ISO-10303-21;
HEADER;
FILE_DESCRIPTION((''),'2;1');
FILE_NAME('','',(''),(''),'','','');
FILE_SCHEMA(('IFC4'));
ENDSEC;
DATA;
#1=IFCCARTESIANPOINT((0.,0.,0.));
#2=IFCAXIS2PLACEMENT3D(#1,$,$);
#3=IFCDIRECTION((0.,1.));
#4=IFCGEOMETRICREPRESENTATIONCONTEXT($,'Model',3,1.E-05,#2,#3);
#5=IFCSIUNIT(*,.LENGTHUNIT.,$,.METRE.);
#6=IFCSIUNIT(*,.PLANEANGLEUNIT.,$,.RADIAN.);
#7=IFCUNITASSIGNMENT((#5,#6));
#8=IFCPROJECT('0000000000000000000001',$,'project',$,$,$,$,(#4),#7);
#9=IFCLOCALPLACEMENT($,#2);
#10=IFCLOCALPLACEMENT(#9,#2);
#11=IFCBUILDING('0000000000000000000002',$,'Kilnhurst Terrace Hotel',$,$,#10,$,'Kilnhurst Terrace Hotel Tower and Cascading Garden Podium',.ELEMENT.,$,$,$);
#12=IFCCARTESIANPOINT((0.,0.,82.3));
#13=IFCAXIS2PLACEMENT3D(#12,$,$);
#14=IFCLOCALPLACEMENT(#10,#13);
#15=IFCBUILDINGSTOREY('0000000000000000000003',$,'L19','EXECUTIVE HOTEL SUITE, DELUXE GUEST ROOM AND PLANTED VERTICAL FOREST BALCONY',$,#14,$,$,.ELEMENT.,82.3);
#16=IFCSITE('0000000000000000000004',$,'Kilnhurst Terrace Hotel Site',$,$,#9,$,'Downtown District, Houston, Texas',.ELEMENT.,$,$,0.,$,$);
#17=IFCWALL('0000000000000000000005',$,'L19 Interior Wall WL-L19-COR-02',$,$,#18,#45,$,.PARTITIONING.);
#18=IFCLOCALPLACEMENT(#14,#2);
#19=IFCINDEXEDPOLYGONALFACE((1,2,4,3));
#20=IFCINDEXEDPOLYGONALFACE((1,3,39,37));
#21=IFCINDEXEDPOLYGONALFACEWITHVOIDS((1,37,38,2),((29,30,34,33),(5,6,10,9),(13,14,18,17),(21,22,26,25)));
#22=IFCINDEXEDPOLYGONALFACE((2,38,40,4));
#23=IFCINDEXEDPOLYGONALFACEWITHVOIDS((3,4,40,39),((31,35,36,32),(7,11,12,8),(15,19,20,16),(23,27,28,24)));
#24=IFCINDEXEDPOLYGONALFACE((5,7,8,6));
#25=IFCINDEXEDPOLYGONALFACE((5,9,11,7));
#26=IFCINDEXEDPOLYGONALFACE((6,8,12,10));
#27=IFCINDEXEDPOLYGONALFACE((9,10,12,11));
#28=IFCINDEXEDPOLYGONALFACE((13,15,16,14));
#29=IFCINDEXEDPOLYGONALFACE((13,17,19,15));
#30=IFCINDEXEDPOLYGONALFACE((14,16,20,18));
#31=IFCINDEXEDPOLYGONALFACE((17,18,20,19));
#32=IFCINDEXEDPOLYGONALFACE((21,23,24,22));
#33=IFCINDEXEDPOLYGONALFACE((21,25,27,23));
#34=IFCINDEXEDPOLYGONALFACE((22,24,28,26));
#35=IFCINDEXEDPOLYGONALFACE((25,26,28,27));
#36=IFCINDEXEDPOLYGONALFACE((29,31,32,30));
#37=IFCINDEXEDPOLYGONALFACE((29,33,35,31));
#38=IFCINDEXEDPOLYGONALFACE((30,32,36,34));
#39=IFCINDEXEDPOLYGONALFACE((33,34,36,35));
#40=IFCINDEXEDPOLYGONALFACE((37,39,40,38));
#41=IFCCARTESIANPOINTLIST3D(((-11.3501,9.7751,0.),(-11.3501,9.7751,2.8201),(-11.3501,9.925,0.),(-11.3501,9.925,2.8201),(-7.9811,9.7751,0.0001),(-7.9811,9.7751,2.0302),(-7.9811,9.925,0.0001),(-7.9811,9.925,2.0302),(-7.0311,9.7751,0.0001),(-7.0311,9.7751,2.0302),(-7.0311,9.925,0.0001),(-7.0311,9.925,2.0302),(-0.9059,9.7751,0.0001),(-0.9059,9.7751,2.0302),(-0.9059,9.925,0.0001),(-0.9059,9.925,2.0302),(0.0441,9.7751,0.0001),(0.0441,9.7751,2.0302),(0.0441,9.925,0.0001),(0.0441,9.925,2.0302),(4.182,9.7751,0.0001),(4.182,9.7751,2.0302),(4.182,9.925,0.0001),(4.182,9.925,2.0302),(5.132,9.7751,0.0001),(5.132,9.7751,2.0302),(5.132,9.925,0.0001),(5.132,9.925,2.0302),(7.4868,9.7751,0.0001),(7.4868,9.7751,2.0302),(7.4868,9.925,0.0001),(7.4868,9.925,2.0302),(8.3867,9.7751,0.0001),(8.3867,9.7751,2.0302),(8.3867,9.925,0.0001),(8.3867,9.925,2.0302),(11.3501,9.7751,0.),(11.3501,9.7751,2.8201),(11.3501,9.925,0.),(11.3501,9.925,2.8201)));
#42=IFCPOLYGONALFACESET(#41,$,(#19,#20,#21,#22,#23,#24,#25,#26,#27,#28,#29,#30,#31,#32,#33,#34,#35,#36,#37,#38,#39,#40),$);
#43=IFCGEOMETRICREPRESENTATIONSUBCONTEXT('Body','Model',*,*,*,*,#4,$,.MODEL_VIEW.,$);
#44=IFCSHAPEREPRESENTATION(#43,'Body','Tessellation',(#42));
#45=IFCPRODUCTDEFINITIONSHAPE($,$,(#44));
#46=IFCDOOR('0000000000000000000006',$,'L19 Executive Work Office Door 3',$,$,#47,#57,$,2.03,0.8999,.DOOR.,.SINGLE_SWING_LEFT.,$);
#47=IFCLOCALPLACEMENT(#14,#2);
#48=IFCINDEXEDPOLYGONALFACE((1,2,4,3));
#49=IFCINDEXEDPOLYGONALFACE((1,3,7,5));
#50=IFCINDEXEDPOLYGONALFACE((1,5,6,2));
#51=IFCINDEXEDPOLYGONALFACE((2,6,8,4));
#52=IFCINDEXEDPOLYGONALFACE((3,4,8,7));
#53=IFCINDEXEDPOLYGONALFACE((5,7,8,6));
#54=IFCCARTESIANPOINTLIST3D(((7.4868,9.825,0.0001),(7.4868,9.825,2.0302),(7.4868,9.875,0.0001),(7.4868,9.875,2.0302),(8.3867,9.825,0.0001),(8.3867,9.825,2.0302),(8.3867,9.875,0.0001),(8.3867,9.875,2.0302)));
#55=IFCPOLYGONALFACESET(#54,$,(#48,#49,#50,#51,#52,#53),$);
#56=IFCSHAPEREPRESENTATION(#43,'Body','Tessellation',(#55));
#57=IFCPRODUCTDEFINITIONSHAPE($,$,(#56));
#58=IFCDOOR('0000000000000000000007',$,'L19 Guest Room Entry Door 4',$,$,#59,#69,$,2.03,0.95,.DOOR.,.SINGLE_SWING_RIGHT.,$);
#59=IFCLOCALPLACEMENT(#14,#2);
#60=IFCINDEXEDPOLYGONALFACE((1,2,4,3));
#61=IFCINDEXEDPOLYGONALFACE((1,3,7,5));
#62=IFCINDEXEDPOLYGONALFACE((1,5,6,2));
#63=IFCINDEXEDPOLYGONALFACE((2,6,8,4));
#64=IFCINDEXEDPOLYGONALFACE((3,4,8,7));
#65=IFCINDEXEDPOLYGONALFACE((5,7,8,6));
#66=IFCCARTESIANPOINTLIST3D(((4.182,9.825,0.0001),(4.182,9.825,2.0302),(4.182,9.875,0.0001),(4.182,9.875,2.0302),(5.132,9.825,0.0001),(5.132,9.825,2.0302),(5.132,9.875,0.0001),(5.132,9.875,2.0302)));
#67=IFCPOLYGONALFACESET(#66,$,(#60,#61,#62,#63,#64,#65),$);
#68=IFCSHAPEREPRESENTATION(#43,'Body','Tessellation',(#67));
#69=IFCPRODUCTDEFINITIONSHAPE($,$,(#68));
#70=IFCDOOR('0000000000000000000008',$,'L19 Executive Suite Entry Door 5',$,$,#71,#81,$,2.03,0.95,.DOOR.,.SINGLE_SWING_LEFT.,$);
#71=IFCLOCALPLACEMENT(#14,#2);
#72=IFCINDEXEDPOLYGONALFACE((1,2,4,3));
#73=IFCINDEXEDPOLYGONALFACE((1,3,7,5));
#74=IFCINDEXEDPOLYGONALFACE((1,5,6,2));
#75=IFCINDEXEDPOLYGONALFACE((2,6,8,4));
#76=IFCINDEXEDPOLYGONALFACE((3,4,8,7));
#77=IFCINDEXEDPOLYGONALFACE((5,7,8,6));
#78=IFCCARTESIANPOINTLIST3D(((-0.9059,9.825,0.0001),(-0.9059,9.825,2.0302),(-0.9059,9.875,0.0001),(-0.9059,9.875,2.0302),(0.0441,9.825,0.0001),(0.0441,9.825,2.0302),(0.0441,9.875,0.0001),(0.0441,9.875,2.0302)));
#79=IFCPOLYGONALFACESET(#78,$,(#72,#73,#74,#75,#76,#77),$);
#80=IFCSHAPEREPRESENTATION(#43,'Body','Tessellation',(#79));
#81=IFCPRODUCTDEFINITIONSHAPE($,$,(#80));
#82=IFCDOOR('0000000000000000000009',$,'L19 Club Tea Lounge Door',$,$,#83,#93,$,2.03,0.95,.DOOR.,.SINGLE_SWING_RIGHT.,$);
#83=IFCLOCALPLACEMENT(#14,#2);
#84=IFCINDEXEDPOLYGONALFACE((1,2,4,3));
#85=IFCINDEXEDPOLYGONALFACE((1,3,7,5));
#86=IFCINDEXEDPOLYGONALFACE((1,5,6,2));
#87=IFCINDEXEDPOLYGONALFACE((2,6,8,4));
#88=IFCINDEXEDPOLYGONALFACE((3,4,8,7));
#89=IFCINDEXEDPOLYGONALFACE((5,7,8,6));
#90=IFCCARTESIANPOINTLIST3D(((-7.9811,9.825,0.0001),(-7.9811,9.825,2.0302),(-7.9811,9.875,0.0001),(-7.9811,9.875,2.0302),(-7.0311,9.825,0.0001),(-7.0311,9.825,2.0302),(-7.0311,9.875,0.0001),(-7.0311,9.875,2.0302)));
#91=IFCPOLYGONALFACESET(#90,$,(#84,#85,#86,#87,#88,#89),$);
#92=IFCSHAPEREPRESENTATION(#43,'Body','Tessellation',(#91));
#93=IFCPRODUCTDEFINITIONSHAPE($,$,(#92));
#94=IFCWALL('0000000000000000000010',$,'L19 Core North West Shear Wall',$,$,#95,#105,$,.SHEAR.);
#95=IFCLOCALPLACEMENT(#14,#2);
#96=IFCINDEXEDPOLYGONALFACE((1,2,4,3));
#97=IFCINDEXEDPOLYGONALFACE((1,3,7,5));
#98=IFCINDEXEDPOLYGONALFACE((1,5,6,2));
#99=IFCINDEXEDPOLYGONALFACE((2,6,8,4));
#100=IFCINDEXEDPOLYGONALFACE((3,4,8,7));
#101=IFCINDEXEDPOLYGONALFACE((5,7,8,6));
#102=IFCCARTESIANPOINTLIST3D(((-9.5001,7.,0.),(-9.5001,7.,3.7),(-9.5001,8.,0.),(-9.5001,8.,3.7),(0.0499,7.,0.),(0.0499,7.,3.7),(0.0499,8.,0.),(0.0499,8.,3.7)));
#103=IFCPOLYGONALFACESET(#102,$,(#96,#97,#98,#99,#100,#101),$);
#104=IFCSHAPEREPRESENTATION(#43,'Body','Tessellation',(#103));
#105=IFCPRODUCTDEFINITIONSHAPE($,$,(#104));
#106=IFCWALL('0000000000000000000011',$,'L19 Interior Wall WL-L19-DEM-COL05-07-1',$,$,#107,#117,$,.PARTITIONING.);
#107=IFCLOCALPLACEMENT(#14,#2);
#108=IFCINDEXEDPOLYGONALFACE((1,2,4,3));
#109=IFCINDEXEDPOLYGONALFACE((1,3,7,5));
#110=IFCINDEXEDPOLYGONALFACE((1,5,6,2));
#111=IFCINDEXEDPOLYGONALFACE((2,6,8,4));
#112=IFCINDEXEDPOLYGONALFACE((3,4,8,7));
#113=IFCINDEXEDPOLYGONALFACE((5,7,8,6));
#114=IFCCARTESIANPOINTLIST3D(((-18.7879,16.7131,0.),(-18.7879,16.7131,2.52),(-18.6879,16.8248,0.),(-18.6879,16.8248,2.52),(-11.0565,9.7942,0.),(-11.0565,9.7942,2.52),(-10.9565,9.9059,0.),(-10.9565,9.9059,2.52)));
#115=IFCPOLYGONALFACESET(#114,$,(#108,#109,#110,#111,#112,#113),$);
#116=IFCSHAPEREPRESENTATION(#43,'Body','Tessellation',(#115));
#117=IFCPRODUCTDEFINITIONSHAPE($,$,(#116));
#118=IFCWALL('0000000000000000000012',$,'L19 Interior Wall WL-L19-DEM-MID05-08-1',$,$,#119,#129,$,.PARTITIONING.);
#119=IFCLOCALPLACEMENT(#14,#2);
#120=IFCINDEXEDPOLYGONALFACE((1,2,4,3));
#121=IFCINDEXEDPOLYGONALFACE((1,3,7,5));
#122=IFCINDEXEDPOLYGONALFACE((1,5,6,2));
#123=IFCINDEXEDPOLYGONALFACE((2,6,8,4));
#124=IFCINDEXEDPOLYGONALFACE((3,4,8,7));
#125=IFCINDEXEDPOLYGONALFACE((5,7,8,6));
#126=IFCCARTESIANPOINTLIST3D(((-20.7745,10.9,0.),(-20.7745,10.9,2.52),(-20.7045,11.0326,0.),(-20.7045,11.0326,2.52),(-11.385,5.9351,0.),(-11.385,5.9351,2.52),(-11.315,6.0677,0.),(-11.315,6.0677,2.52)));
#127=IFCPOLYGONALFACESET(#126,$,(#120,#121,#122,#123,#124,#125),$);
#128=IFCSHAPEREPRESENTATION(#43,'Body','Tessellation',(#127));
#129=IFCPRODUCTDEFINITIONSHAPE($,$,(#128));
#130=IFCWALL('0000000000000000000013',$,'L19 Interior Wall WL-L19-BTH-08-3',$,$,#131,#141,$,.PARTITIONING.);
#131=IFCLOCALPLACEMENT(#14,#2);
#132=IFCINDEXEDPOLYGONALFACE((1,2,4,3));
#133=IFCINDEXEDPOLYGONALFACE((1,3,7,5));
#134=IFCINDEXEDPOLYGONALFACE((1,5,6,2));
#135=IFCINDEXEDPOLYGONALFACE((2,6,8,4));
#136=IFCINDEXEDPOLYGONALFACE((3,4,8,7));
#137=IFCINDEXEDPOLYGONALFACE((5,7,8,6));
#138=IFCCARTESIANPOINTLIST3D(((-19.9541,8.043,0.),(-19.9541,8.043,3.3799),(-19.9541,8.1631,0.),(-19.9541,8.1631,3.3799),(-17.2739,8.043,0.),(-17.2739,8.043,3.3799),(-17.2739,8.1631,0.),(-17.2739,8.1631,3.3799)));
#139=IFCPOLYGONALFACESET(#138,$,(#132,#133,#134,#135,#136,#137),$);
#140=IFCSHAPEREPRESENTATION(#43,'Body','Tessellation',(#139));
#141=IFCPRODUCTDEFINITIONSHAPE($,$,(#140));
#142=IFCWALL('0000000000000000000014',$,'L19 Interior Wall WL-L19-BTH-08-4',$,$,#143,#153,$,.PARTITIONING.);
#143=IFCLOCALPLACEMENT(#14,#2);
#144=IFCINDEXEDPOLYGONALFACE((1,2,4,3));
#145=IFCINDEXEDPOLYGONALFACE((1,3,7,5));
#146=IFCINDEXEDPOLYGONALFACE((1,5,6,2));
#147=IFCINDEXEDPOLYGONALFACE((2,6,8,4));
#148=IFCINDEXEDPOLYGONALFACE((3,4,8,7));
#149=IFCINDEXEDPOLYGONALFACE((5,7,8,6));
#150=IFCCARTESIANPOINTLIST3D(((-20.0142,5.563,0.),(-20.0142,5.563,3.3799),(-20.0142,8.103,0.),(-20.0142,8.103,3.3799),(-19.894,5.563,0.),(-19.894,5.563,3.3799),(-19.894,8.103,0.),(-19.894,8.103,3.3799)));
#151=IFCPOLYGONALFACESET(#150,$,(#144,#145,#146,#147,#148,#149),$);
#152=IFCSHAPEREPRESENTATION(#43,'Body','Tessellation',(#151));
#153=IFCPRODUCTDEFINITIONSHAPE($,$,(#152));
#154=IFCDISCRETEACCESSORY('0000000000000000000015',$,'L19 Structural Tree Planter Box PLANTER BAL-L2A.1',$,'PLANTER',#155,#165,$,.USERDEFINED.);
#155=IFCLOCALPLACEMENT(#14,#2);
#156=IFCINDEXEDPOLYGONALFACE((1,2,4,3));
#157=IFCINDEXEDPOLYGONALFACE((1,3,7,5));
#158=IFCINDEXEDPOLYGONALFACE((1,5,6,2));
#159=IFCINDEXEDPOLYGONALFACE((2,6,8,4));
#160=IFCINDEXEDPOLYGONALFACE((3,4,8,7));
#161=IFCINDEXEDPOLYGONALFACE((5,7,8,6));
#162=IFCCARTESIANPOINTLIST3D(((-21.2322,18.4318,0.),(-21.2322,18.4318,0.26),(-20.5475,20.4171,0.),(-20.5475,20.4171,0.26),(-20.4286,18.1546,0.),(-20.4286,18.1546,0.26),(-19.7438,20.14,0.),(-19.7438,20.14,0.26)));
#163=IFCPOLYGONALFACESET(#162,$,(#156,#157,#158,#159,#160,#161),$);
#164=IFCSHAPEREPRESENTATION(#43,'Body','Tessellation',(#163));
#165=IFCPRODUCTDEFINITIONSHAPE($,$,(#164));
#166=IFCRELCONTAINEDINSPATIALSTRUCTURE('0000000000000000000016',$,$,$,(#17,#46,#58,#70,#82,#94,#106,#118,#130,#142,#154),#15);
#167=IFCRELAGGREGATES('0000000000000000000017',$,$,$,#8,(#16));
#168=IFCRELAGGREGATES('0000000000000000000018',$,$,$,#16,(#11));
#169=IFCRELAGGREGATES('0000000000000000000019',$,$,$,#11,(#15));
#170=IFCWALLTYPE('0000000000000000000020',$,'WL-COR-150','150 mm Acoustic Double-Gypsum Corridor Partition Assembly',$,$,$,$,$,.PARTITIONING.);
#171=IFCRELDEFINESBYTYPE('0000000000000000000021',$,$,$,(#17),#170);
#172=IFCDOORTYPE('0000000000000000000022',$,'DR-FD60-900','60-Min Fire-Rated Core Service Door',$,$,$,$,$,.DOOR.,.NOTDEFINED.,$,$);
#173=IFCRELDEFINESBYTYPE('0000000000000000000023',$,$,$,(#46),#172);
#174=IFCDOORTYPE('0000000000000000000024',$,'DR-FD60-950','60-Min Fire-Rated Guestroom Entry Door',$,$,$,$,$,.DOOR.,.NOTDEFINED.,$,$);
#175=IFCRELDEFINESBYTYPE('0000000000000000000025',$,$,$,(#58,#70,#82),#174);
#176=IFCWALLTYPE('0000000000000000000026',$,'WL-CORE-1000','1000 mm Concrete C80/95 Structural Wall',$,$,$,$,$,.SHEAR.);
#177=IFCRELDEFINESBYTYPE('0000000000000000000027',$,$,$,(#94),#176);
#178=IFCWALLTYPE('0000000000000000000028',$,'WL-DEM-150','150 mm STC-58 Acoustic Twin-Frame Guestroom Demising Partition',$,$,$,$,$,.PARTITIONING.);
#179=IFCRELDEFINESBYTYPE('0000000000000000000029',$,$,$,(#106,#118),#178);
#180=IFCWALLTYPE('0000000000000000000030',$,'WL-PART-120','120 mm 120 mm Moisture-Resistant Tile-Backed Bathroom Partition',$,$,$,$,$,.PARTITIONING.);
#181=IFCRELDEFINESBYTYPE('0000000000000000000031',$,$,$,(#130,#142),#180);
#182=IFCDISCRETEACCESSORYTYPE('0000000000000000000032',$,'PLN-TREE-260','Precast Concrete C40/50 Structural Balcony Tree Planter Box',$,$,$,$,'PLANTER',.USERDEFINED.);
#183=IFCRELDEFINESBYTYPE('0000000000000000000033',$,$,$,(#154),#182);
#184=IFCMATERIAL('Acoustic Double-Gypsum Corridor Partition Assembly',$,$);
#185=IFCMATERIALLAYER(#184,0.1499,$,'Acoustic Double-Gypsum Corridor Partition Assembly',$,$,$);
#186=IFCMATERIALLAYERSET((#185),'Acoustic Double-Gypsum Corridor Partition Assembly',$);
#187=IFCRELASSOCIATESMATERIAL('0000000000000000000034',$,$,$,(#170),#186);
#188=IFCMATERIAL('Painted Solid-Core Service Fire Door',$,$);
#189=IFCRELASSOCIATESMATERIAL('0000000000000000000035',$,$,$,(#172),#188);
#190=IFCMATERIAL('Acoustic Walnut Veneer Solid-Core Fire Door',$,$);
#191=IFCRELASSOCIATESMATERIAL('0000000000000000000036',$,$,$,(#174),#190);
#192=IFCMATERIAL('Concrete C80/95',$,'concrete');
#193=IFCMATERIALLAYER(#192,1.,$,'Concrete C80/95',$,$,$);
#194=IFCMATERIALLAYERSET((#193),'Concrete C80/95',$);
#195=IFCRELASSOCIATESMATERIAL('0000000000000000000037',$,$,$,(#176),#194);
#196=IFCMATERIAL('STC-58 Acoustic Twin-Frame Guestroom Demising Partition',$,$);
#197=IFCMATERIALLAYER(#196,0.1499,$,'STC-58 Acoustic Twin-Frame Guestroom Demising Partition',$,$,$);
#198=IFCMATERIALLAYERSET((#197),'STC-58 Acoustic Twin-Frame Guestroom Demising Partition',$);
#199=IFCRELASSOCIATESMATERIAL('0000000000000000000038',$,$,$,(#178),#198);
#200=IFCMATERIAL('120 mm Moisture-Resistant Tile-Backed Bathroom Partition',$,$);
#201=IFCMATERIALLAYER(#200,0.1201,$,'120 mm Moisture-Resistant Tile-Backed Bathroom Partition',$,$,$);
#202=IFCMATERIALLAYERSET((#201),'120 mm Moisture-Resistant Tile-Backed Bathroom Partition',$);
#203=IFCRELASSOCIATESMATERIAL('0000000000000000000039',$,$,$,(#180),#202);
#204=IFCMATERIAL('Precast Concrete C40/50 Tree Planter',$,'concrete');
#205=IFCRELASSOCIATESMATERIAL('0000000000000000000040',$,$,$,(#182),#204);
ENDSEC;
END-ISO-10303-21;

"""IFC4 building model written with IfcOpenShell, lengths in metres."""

from ifc_helpers import new_model, si_unit, direction, frame, frame_2d, origin, origin_2d, place, context, subcontext, project, spatial, rectangle, extrude, material, layer, layer_set, type_object, element, fill, save


model = new_model("IFC4")

# Units and contexts
model_context = context("Model", 3, precision=1e-05, world=origin(), true_north=direction((0.0, 1.0)))
body_context = subcontext(model_context, "Body", "Model", "MODEL_VIEW")
ifc_project = project(units=[si_unit("LENGTHUNIT", "METRE"), si_unit("PLANEANGLEUNIT", "RADIAN")], contexts=[model_context])

# Site, building, storey
site_placement = place(None, origin())
site = spatial("IfcSite", under=ifc_project, at=site_placement, Name="Kilnhurst Terrace Hotel Site", LongName="Downtown District, Houston, Texas", CompositionType="ELEMENT", RefElevation=0.0)
building_placement = place(site_placement, origin())
building = spatial("IfcBuilding", under=site, at=building_placement, Name="Kilnhurst Terrace Hotel", LongName="Kilnhurst Terrace Hotel Tower and Cascading Garden Podium", CompositionType="ELEMENT")
storey_placement = place(building_placement, frame((0.0, 0.0, 82.3)))
storey = spatial("IfcBuildingStorey", under=building, at=storey_placement, Name="L19", Description="EXECUTIVE HOTEL SUITE, DELUXE GUEST ROOM AND PLANTED VERTICAL FOREST BALCONY", CompositionType="ELEMENT", Elevation=82.3)

# Shared definitions
ifc_material_1 = material(Name="Concrete C80/95", Category="concrete")

# Wall, openings, doors
ifc_material_2 = material(Name="Acoustic Double-Gypsum Corridor Partition Assembly")
ifc_layer_1 = layer(ifc_material_2, 0.1499, Name="Acoustic Double-Gypsum Corridor Partition Assembly")
ifc_layer_set_1 = layer_set([ifc_layer_1], Name="Acoustic Double-Gypsum Corridor Partition Assembly")
wall_type_1 = type_object("IfcWallType", Name="WL-COR-150", Description="150 mm Acoustic Double-Gypsum Corridor Partition Assembly", PredefinedType="PARTITIONING", material=ifc_layer_set_1)
wall_1_placement = place(storey_placement, frame((-11.3501, 9.8501, 0.0), z_axis=(0.0, 0.0, 1.0), x_axis=(1.0, 0.0, 0.0)))
wall_1 = element("IfcWall", 1, at=wall_1_placement, inside=storey, type_object=wall_type_1, Name="L19 Interior Wall WL-L19-COR-02", PredefinedType="PARTITIONING", context=body_context, shape_type="SweptSolid", body=[
    extrude(rectangle(XDim=22.7002, YDim=0.1499, at=frame_2d((11.3501, 0.0))), origin(), (0.0, 0.0, 1.0), 2.8201),
])
opening_1_placement = place(wall_1_placement, frame((18.8369, 0.0, 0.0)))
opening_1 = element("IfcOpeningElement", 2, at=opening_1_placement, cuts=wall_1, PredefinedType="OPENING", context=body_context, shape_type="SweptSolid", body=[
    extrude(rectangle(XDim=0.8999, YDim=2.03, at=frame_2d((0.45, 1.0151))), frame((0.0, 0.085, 0.0), z_axis=(0.0, -1.0, 0.0), x_axis=(1.0, 0.0, 0.0)), (0.0, 0.0, 1.0), 0.1699),
])
opening_2_placement = place(wall_1_placement, frame((15.532, 0.0, 0.0)))
opening_2 = element("IfcOpeningElement", 3, at=opening_2_placement, cuts=wall_1, PredefinedType="OPENING", context=body_context, shape_type="SweptSolid", body=[
    extrude(rectangle(XDim=0.95, YDim=2.03, at=frame_2d((0.4751, 1.0151))), frame((0.0, 0.085, 0.0), z_axis=(0.0, -1.0, 0.0), x_axis=(1.0, 0.0, 0.0)), (0.0, 0.0, 1.0), 0.1699),
])
opening_3_placement = place(wall_1_placement, frame((10.4441, 0.0, 0.0)))
opening_3 = element("IfcOpeningElement", 4, at=opening_3_placement, cuts=wall_1, PredefinedType="OPENING", context=body_context, shape_type="SweptSolid", body=[
    extrude(rectangle(XDim=0.95, YDim=2.03, at=frame_2d((0.4751, 1.0151))), frame((0.0, 0.085, 0.0), z_axis=(0.0, -1.0, 0.0), x_axis=(1.0, 0.0, 0.0)), (0.0, 0.0, 1.0), 0.1699),
])
opening_4_placement = place(wall_1_placement, frame((3.3689, 0.0, 0.0)))
opening_4 = element("IfcOpeningElement", 5, at=opening_4_placement, cuts=wall_1, PredefinedType="OPENING", context=body_context, shape_type="SweptSolid", body=[
    extrude(rectangle(XDim=0.95, YDim=2.03, at=frame_2d((0.4751, 1.0151))), frame((0.0, 0.085, 0.0), z_axis=(0.0, -1.0, 0.0), x_axis=(1.0, 0.0, 0.0)), (0.0, 0.0, 1.0), 0.1699),
])
ifc_material_3 = material(Name="Painted Solid-Core Service Fire Door")
door_type_1 = type_object("IfcDoorType", Name="DR-FD60-900", Description="60-Min Fire-Rated Core Service Door", OperationType="NOTDEFINED", PredefinedType="DOOR", material=ifc_material_3)
door_1_placement = place(opening_1_placement, origin())
door_1 = element("IfcDoor", 6, at=door_1_placement, inside=storey, type_object=door_type_1, Name="L19 Executive Work Office Door 3", OperationType="SINGLE_SWING_LEFT", OverallHeight=2.03, OverallWidth=0.8999, PredefinedType="DOOR", context=body_context, shape_type="SweptSolid", body=[
    extrude(rectangle(XDim=0.8999, YDim=2.03, at=frame_2d((0.45, 1.0151))), frame((0.0, 0.0249, 0.0), z_axis=(0.0, -1.0, 0.0), x_axis=(1.0, 0.0, 0.0)), (0.0, 0.0, 1.0), 0.05),
])
fill(opening_1, door_1)
ifc_material_4 = material(Name="Acoustic Walnut Veneer Solid-Core Fire Door")
door_type_2 = type_object("IfcDoorType", Name="DR-FD60-950", Description="60-Min Fire-Rated Guestroom Entry Door", OperationType="NOTDEFINED", PredefinedType="DOOR", material=ifc_material_4)
door_2_placement = place(opening_2_placement, origin())
door_2 = element("IfcDoor", 7, at=door_2_placement, inside=storey, type_object=door_type_2, Name="L19 Guest Room Entry Door 4", OperationType="SINGLE_SWING_RIGHT", OverallHeight=2.03, OverallWidth=0.95, PredefinedType="DOOR", context=body_context, shape_type="SweptSolid", body=[
    extrude(rectangle(XDim=0.95, YDim=2.03, at=frame_2d((0.4751, 1.0151))), frame((0.0, 0.0249, 0.0), z_axis=(0.0, -1.0, 0.0), x_axis=(1.0, 0.0, 0.0)), (0.0, 0.0, 1.0), 0.05),
])
fill(opening_2, door_2)
door_3_placement = place(opening_3_placement, origin())
door_3 = element("IfcDoor", 8, at=door_3_placement, inside=storey, type_object=door_type_2, Name="L19 Executive Suite Entry Door 5", OperationType="SINGLE_SWING_LEFT", OverallHeight=2.03, OverallWidth=0.95, PredefinedType="DOOR", context=body_context, shape_type="SweptSolid", body=[
    extrude(rectangle(XDim=0.95, YDim=2.03, at=frame_2d((0.4751, 1.0151))), frame((0.0, 0.0249, 0.0), z_axis=(0.0, -1.0, 0.0), x_axis=(1.0, 0.0, 0.0)), (0.0, 0.0, 1.0), 0.05),
])
fill(opening_3, door_3)
door_4_placement = place(opening_4_placement, origin())
door_4 = element("IfcDoor", 9, at=door_4_placement, inside=storey, type_object=door_type_2, Name="L19 Club Tea Lounge Door", OperationType="SINGLE_SWING_RIGHT", OverallHeight=2.03, OverallWidth=0.95, PredefinedType="DOOR", context=body_context, shape_type="SweptSolid", body=[
    extrude(rectangle(XDim=0.95, YDim=2.03, at=frame_2d((0.4751, 1.0151))), frame((0.0, 0.0249, 0.0), z_axis=(0.0, -1.0, 0.0), x_axis=(1.0, 0.0, 0.0)), (0.0, 0.0, 1.0), 0.05),
])
fill(opening_4, door_4)

# Walls
ifc_layer_2 = layer(ifc_material_1, 1.0, Name="Concrete C80/95")
ifc_layer_set_2 = layer_set([ifc_layer_2], Name="Concrete C80/95")
wall_type_2 = type_object("IfcWallType", Name="WL-CORE-1000", Description="1000 mm Concrete C80/95 Structural Wall", PredefinedType="SHEAR", material=ifc_layer_set_2)
wall_2_placement = place(storey_placement, frame((-9.5, 7.5, 0.0), z_axis=(0.0, 0.0, 1.0), x_axis=(1.0, 0.0, 0.0)))
element("IfcWall", 10, at=wall_2_placement, inside=storey, type_object=wall_type_2, Name="L19 Core North West Shear Wall", PredefinedType="SHEAR", context=body_context, shape_type="SweptSolid", body=[
    extrude(rectangle(XDim=9.55, YDim=1.0, at=frame_2d((4.7749, 0.0))), origin(), (0.0, 0.0, 1.0), 3.7),
])
ifc_material_5 = material(Name="STC-58 Acoustic Twin-Frame Guestroom Demising Partition")
ifc_layer_3 = layer(ifc_material_5, 0.1499, Name="STC-58 Acoustic Twin-Frame Guestroom Demising Partition")
ifc_layer_set_3 = layer_set([ifc_layer_3], Name="STC-58 Acoustic Twin-Frame Guestroom Demising Partition")
wall_type_3 = type_object("IfcWallType", Name="WL-DEM-150", Description="150 mm STC-58 Acoustic Twin-Frame Guestroom Demising Partition", PredefinedType="PARTITIONING", material=ifc_layer_set_3)
wall_3_placement = place(storey_placement, frame((-11.0066, 9.8501, 0.0), z_axis=(0.0, 0.0, 1.0), x_axis=(-0.745177, 0.666866, 0.0)))
element("IfcWall", 11, at=wall_3_placement, inside=storey, type_object=wall_type_3, Name="L19 Interior Wall WL-L19-DEM-COL05-07-1", PredefinedType="PARTITIONING", context=body_context, shape_type="SweptSolid", body=[
    extrude(rectangle(XDim=10.3752, YDim=0.1499, at=frame_2d((5.1875, 0.0))), origin(), (0.0, 0.0, 1.0), 2.52),
])
wall_4_placement = place(storey_placement, frame((-11.3501, 6.0015, 0.0), z_axis=(0.0, 0.0, 1.0), x_axis=(-0.884022, 0.467445, 0.0)))
element("IfcWall", 12, at=wall_4_placement, inside=storey, type_object=wall_type_3, Name="L19 Interior Wall WL-L19-DEM-MID05-08-1", PredefinedType="PARTITIONING", context=body_context, shape_type="SweptSolid", body=[
    extrude(rectangle(XDim=10.6213, YDim=0.1499, at=frame_2d((5.3105, 0.0))), origin(), (0.0, 0.0, 1.0), 2.52),
])
ifc_material_6 = material(Name="120 mm Moisture-Resistant Tile-Backed Bathroom Partition")
ifc_layer_4 = layer(ifc_material_6, 0.1201, Name="120 mm Moisture-Resistant Tile-Backed Bathroom Partition")
ifc_layer_set_4 = layer_set([ifc_layer_4], Name="120 mm Moisture-Resistant Tile-Backed Bathroom Partition")
wall_type_4 = type_object("IfcWallType", Name="WL-PART-120", Description="120 mm 120 mm Moisture-Resistant Tile-Backed Bathroom Partition", PredefinedType="PARTITIONING", material=ifc_layer_set_4)
wall_5_placement = place(storey_placement, frame((-17.2739, 8.103, 0.0), z_axis=(0.0, 0.0, 1.0), x_axis=(-1.0, 0.0, 0.0)))
element("IfcWall", 13, at=wall_5_placement, inside=storey, type_object=wall_type_4, Name="L19 Interior Wall WL-L19-BTH-08-3", PredefinedType="PARTITIONING", context=body_context, shape_type="SweptSolid", body=[
    extrude(rectangle(XDim=2.6802, YDim=0.1201, at=frame_2d((1.3401, 0.0))), origin(), (0.0, 0.0, 1.0), 3.3799),
])
wall_6_placement = place(storey_placement, frame((-19.9541, 8.103, 0.0), z_axis=(0.0, 0.0, 1.0), x_axis=(0.0, -1.0, 0.0)))
element("IfcWall", 14, at=wall_6_placement, inside=storey, type_object=wall_type_4, Name="L19 Interior Wall WL-L19-BTH-08-4", PredefinedType="PARTITIONING", context=body_context, shape_type="SweptSolid", body=[
    extrude(rectangle(XDim=2.54, YDim=0.1201, at=frame_2d((1.27, 0.0))), origin(), (0.0, 0.0, 1.0), 3.3799),
])

# Discrete accessory
ifc_material_7 = material(Name="Precast Concrete C40/50 Tree Planter", Category="concrete")
discrete_accessory_type = type_object("IfcDiscreteAccessoryType", Name="PLN-TREE-260", Description="Precast Concrete C40/50 Structural Balcony Tree Planter Box", ElementType="PLANTER", PredefinedType="USERDEFINED", material=ifc_material_7)
discrete_accessory_placement = place(storey_placement, frame((-20.488, 19.2859, 0.0), z_axis=(0.0, 0.0, 1.0), x_axis=(-0.326063, -0.945348, 0.0)))
element("IfcDiscreteAccessory", 15, at=discrete_accessory_placement, inside=storey, type_object=discrete_accessory_type, Name="L19 Structural Tree Planter Box PLANTER BAL-L2A.1", ObjectType="PLANTER", PredefinedType="USERDEFINED", context=body_context, shape_type="SweptSolid", body=[
    extrude(rectangle(XDim=2.1001, YDim=0.8501, at=origin_2d()), origin(), (0.0, 0.0, 1.0), 0.26),
])

save(model, "model.ifc")
